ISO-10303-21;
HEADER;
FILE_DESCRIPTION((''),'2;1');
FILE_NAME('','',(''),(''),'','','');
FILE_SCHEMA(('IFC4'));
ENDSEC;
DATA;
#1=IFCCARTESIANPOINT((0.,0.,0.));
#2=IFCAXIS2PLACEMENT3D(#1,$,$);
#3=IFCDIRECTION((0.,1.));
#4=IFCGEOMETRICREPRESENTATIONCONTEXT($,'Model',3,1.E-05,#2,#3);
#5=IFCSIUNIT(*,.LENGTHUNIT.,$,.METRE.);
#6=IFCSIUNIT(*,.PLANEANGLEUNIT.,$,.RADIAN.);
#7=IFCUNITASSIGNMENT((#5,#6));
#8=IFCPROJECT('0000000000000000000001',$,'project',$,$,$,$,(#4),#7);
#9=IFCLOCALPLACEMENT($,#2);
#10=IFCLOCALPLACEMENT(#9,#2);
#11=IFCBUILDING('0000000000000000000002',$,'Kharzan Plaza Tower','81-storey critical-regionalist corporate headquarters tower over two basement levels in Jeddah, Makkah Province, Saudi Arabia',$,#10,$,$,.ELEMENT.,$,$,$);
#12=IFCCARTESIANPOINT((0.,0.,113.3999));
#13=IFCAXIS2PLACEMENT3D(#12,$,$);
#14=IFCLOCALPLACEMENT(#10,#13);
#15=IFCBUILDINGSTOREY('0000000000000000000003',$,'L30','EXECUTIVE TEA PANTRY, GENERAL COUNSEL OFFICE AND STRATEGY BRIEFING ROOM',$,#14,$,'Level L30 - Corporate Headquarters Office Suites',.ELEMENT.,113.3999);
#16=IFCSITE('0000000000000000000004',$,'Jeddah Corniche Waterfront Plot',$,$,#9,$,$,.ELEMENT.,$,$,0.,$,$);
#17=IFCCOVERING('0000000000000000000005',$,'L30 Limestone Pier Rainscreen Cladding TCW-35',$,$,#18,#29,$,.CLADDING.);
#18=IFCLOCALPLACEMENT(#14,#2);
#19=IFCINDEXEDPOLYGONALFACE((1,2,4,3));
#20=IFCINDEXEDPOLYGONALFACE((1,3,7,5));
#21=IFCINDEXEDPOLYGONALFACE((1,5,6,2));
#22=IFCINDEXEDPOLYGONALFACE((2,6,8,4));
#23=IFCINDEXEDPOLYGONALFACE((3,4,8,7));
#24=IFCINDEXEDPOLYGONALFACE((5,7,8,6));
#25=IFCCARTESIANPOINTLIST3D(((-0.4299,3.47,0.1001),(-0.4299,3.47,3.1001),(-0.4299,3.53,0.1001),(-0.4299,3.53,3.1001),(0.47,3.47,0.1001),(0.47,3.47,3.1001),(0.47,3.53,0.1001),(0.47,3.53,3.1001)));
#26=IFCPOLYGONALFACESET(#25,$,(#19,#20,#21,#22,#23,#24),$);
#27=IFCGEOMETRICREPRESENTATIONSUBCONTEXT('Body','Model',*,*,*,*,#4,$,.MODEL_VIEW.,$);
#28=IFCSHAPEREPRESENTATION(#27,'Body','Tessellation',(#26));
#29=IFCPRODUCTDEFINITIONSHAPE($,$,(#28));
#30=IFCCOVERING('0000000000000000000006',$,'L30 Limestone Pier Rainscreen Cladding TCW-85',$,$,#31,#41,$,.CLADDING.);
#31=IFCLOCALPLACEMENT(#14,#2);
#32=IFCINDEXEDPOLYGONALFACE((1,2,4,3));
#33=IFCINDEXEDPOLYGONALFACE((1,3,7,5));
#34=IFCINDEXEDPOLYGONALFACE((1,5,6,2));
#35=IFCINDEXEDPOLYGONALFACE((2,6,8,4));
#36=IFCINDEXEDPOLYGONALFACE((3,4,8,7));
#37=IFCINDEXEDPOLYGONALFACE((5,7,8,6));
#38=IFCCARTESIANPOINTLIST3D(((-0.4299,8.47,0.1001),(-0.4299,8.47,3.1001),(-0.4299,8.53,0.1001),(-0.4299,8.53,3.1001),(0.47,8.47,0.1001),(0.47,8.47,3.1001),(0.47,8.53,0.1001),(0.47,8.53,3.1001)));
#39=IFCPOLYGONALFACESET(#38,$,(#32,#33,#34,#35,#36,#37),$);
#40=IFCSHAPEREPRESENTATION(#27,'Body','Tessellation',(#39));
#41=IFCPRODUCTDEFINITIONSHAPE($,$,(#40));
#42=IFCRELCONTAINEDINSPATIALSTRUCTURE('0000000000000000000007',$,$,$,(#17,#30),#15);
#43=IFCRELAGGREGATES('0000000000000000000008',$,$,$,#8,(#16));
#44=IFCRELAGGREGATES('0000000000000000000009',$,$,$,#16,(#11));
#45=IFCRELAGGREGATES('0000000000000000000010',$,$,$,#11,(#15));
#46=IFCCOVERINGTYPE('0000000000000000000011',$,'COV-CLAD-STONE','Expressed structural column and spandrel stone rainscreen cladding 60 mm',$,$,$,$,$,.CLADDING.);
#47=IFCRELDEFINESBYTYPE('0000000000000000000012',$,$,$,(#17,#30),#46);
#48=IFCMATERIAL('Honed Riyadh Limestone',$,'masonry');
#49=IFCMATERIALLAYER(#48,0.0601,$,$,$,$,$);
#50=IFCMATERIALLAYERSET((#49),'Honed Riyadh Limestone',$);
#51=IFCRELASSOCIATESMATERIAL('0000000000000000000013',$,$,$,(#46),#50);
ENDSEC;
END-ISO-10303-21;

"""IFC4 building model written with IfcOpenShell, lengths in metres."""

from ifc_helpers import new_model, si_unit, direction, frame, origin, origin_2d, place, context, subcontext, project, spatial, rectangle, extrude, source, transform, mapped, material, layer, layer_set, type_object, element, save


model = new_model("IFC4")

# Units and contexts
model_context = context("Model", 3, precision=1e-05, world=origin(), true_north=direction((0.0, 1.0)))
body_context = subcontext(model_context, "Body", "Model", "MODEL_VIEW")
ifc_project = project(units=[si_unit("LENGTHUNIT", "METRE"), si_unit("PLANEANGLEUNIT", "RADIAN")], contexts=[model_context])

# Site, building, storey
site_placement = place(None, origin())
site = spatial("IfcSite", under=ifc_project, at=site_placement, Name="Jeddah Corniche Waterfront Plot", CompositionType="ELEMENT", RefElevation=0.0)
building_placement = place(site_placement, origin())
building = spatial("IfcBuilding", under=site, at=building_placement, Name="Kharzan Plaza Tower", Description="81-storey critical-regionalist corporate headquarters tower over two basement levels in Jeddah, Makkah Province, Saudi Arabia", CompositionType="ELEMENT")
storey_placement = place(building_placement, frame((0.0, 0.0, 113.3999)))
storey = spatial("IfcBuildingStorey", under=building, at=storey_placement, Name="L30", Description="EXECUTIVE TEA PANTRY, GENERAL COUNSEL OFFICE AND STRATEGY BRIEFING ROOM", LongName="Level L30 - Corporate Headquarters Office Suites", CompositionType="ELEMENT", Elevation=113.3999)

# Coverings
ifc_material_1 = material(Name="Honed Riyadh Limestone", Category="masonry")
ifc_layer_1 = layer(ifc_material_1, 0.0601)
ifc_layer_set_1 = layer_set([ifc_layer_1], Name="Honed Riyadh Limestone")
covering_type_1 = type_object("IfcCoveringType", Name="COV-CLAD-STONE", Description="Expressed structural column and spandrel stone rainscreen cladding 60 mm", PredefinedType="CLADDING", material=ifc_layer_set_1)
shared_shape_1 = source(origin(), body_context, "Body", "SweptSolid", [
    extrude(rectangle(XDim=0.0601, YDim=0.8999, at=origin_2d()), origin(), (0.0, 0.0, 1.0), 3.0),
])
for number, where, z_axis, x_axis, name in (
    (1, (0.02, 3.5, 0.1001), (0.0, 0.0, 1.0), (0.0, 1.0, 0.0), "L30 Limestone Pier Rainscreen Cladding TCW-35"),
    (2, (0.02, 8.5, 0.1001), (0.0, 0.0, 1.0), (0.0, 1.0, 0.0), "L30 Limestone Pier Rainscreen Cladding TCW-85"),
):
    element("IfcCovering", number, at=place(storey_placement, frame(where, z_axis=z_axis, x_axis=x_axis)), inside=storey, type_object=covering_type_1, Name=name, PredefinedType="CLADDING", context=body_context, shape_type="MappedRepresentation", body=[
        mapped(shared_shape_1, transform((0.0, 0.0, 0.0), x_axis=(1.0, 0.0, 0.0), y_axis=(0.0, 1.0, 0.0), z_axis=(0.0, 0.0, 1.0))),
    ])

save(model, "model.ifc")
